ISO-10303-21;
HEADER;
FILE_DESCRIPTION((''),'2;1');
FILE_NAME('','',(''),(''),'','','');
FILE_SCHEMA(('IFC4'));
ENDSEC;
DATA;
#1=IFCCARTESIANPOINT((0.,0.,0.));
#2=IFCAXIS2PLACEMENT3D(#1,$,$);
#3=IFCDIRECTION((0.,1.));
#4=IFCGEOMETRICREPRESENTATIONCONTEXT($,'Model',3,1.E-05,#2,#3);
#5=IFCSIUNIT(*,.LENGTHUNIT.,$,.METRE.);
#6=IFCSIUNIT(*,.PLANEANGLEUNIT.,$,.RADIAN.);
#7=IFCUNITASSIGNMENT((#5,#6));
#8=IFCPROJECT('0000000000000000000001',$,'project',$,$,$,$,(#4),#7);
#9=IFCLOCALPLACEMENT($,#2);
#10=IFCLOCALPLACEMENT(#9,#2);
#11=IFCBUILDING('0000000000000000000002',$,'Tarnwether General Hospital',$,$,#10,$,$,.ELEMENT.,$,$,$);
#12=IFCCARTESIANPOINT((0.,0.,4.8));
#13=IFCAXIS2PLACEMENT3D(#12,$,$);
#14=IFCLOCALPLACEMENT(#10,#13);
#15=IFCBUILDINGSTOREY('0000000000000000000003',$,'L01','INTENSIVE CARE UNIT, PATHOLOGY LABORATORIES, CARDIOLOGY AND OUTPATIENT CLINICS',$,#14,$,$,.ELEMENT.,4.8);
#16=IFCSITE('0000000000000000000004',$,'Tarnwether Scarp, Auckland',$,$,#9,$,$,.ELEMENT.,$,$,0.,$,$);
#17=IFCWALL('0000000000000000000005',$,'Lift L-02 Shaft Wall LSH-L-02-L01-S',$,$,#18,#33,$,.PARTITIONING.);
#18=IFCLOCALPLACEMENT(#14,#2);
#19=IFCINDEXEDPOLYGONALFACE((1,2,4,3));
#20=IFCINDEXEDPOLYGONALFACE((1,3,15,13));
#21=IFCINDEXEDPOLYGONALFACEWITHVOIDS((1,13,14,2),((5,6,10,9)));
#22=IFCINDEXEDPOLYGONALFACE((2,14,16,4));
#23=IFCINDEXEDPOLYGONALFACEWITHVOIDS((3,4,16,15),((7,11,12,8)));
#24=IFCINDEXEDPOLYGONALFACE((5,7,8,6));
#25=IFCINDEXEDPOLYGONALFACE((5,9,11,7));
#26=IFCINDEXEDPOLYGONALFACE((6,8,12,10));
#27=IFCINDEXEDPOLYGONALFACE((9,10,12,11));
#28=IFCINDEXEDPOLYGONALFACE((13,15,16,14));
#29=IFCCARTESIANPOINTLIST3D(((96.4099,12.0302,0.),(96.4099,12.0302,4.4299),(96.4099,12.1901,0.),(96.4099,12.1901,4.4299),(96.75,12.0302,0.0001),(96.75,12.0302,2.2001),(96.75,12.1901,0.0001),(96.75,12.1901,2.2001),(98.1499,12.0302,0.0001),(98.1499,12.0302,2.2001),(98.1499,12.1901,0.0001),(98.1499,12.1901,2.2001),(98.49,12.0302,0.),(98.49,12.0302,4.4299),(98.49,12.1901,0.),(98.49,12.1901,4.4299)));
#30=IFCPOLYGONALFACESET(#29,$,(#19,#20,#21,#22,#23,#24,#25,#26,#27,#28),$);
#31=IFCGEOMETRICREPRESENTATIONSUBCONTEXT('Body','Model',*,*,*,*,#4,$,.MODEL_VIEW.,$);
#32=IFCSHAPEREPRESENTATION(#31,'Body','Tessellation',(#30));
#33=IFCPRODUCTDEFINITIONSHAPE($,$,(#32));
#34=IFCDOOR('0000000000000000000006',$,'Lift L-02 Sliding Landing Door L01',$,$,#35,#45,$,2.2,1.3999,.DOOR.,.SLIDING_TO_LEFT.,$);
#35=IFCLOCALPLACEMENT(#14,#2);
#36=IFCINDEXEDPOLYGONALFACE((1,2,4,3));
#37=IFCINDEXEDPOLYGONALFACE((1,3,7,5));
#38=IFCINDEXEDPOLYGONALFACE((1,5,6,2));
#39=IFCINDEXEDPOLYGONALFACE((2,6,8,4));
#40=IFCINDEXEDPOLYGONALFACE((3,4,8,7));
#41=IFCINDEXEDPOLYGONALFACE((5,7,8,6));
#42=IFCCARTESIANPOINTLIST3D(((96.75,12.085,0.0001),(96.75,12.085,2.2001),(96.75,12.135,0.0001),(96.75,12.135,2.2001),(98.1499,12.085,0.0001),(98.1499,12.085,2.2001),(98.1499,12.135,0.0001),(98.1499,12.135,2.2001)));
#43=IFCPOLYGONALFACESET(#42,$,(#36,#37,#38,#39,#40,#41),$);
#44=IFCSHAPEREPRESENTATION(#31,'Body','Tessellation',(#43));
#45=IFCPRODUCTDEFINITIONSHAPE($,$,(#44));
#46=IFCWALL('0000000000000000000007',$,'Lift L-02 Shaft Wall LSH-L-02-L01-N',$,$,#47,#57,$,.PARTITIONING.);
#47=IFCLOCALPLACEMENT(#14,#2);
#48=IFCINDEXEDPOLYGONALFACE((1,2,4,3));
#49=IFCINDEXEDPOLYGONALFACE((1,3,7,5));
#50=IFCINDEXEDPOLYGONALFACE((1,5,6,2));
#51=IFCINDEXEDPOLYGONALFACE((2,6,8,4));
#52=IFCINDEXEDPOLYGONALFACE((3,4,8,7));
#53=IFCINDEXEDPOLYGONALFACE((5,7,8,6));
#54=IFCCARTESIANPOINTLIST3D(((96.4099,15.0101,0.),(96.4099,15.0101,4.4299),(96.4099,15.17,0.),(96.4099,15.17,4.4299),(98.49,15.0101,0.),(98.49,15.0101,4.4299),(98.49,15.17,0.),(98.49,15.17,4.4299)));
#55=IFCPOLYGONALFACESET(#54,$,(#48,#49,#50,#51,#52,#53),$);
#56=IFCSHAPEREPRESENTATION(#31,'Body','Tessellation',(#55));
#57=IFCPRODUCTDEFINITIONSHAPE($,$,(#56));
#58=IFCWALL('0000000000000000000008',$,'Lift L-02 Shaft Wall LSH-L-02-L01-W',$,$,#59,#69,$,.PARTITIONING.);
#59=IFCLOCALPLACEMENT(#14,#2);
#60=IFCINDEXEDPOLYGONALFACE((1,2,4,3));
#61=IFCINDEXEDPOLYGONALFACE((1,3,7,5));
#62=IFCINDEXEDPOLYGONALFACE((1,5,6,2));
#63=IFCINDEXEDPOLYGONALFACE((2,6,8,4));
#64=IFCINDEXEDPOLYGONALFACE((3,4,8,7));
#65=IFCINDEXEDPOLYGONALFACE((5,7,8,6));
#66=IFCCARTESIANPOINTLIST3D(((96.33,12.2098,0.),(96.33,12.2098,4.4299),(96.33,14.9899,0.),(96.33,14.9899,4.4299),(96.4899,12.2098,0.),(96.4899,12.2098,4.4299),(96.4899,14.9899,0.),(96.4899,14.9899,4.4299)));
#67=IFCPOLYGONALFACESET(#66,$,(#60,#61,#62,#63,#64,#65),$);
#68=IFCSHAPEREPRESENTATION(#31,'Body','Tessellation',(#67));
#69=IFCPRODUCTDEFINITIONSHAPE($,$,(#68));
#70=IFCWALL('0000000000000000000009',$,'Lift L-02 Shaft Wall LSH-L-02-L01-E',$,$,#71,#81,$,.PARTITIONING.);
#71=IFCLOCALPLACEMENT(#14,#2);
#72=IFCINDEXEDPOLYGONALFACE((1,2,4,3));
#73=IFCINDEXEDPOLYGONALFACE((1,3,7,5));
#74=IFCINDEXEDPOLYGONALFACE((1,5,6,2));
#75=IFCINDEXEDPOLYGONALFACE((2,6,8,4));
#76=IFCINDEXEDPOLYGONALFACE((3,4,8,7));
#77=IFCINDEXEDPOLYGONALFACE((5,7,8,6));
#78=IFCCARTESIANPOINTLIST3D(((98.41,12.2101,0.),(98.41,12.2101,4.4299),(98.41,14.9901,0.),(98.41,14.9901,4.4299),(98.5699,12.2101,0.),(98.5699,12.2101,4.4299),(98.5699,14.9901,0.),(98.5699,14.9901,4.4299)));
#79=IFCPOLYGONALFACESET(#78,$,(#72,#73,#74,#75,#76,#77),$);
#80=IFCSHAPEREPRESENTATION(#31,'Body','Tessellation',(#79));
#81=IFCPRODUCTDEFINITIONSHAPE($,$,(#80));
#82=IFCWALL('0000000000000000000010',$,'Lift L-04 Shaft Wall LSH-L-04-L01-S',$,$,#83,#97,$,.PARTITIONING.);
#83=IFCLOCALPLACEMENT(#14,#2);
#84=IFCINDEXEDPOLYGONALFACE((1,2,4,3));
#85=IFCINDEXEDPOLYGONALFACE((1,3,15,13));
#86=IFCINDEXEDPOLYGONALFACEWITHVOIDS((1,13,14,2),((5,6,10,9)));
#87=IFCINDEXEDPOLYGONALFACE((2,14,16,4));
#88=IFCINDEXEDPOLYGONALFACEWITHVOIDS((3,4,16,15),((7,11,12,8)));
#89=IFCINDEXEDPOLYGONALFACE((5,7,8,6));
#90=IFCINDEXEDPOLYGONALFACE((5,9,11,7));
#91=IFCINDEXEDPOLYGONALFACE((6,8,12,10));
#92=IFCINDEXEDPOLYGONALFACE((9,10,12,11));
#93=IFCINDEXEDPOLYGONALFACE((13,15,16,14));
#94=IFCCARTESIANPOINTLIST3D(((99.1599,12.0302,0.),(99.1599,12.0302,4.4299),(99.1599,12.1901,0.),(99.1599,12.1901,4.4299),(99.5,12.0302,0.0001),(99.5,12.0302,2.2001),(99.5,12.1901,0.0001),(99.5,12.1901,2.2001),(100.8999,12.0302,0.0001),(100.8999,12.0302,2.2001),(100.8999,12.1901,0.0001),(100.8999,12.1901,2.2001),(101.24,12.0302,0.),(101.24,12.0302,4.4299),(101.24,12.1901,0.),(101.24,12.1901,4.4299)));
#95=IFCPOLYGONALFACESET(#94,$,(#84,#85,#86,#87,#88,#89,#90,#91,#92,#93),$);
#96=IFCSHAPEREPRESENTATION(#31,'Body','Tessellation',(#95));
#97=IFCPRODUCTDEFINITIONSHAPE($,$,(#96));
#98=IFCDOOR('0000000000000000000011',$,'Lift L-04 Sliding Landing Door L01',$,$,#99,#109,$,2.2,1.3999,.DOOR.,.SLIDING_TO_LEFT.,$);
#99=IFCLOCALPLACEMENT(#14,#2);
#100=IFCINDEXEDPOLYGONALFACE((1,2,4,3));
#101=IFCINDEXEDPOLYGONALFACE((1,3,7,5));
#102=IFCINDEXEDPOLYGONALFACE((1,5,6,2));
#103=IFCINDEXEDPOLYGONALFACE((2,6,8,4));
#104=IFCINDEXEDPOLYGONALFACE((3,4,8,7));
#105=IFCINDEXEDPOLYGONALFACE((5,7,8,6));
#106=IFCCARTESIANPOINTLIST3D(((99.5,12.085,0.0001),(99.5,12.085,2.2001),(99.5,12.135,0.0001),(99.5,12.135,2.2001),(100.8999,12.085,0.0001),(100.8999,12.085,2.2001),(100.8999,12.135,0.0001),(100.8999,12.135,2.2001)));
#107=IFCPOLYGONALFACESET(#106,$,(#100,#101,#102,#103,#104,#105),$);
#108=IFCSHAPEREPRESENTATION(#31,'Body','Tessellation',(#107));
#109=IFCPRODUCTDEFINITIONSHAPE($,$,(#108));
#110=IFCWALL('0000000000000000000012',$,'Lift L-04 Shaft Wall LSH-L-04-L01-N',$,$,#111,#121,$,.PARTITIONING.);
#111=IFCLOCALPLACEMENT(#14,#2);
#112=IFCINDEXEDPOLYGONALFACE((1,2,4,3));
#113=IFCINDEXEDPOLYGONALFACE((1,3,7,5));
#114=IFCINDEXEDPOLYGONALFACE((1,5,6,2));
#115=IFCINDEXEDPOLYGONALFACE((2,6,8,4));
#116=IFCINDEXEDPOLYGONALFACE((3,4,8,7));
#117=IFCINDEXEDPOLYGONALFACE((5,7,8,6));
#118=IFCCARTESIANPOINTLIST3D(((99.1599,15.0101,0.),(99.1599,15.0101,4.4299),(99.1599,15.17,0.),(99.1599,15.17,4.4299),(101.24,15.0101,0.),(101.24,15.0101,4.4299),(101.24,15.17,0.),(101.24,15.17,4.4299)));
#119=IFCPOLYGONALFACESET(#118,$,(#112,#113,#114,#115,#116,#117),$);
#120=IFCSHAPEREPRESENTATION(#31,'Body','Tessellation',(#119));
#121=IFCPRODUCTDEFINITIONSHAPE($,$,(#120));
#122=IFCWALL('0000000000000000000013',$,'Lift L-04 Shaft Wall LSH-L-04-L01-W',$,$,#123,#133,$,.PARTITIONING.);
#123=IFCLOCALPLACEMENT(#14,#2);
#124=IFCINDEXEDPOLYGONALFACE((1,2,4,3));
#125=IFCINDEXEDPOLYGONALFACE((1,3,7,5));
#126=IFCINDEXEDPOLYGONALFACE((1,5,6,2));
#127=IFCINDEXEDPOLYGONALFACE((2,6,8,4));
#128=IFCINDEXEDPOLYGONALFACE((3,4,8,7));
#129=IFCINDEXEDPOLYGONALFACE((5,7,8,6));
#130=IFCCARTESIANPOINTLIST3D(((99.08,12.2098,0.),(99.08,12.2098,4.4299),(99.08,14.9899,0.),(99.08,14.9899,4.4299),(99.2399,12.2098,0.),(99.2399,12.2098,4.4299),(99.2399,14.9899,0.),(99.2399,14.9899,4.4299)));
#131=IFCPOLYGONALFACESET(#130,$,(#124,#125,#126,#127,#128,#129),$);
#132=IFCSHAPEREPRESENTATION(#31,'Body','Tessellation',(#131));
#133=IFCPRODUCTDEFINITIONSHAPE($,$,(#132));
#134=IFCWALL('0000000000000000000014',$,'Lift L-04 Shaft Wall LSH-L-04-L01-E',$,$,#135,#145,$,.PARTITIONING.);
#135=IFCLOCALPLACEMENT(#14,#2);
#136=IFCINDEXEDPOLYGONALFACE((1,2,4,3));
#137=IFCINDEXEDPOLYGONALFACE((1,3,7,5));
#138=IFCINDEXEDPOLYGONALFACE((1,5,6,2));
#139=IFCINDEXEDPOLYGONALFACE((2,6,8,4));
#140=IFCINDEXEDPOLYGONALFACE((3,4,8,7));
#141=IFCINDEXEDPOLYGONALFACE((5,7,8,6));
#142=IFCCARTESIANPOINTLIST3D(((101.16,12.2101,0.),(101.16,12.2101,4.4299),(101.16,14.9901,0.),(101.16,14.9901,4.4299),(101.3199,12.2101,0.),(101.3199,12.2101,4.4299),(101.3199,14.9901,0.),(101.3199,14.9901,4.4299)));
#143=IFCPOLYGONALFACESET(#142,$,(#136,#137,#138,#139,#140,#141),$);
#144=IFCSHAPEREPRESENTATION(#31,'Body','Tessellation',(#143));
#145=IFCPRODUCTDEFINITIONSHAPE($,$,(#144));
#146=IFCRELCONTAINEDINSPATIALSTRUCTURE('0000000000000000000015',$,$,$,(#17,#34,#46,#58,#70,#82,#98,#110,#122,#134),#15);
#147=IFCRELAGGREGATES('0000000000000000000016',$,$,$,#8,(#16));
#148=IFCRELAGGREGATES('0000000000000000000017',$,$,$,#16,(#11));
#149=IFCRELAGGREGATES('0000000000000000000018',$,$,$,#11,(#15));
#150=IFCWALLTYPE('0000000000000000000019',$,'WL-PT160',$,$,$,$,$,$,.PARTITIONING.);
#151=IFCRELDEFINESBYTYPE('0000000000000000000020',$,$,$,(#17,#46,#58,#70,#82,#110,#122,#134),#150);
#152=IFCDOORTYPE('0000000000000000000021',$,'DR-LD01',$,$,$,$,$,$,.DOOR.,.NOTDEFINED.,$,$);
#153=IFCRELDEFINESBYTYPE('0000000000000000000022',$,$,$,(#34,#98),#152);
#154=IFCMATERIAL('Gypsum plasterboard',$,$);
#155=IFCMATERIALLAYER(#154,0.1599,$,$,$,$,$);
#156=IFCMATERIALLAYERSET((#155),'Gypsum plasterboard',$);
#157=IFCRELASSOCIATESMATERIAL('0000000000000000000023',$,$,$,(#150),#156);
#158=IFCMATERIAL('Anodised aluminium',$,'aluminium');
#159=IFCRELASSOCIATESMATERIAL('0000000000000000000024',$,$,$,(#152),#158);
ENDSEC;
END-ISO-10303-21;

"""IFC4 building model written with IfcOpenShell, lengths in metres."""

from ifc_helpers import new_model, si_unit, direction, frame, frame_2d, origin, place, context, subcontext, project, spatial, rectangle, extrude, material, layer, layer_set, type_object, element, fill, save


model = new_model("IFC4")

# Units and contexts
model_context = context("Model", 3, precision=1e-05, world=origin(), true_north=direction((0.0, 1.0)))
body_context = subcontext(model_context, "Body", "Model", "MODEL_VIEW")
ifc_project = project(units=[si_unit("LENGTHUNIT", "METRE"), si_unit("PLANEANGLEUNIT", "RADIAN")], contexts=[model_context])

# Site, building, storey
site_placement = place(None, origin())
site = spatial("IfcSite", under=ifc_project, at=site_placement, Name="Tarnwether Scarp, Auckland", CompositionType="ELEMENT", RefElevation=0.0)
building_placement = place(site_placement, origin())
building = spatial("IfcBuilding", under=site, at=building_placement, Name="Tarnwether General Hospital", CompositionType="ELEMENT")
storey_placement = place(building_placement, frame((0.0, 0.0, 4.8)))
storey = spatial("IfcBuildingStorey", under=building, at=storey_placement, Name="L01", Description="INTENSIVE CARE UNIT, PATHOLOGY LABORATORIES, CARDIOLOGY AND OUTPATIENT CLINICS", CompositionType="ELEMENT", Elevation=4.8)

# Wall, opening, door
ifc_material_1 = material(Name="Gypsum plasterboard")
ifc_layer_1 = layer(ifc_material_1, 0.1599)
ifc_layer_set_1 = layer_set([ifc_layer_1], Name="Gypsum plasterboard")
wall_type_1 = type_object("IfcWallType", Name="WL-PT160", PredefinedType="PARTITIONING", material=ifc_layer_set_1)
wall_1_placement = place(storey_placement, frame((96.4099, 12.1101, 0.0), z_axis=(0.0, 0.0, 1.0), x_axis=(1.0, 0.0, 0.0)))
wall_1 = element("IfcWall", 1, at=wall_1_placement, inside=storey, type_object=wall_type_1, Name="Lift L-02 Shaft Wall LSH-L-02-L01-S", PredefinedType="PARTITIONING", context=body_context, shape_type="SweptSolid", body=[
    extrude(rectangle(XDim=2.0801, YDim=0.1599, at=frame_2d((1.04, 0.0))), origin(), (0.0, 0.0, 1.0), 4.4299),
])
opening_1_placement = place(wall_1_placement, frame((0.3401, 0.0, 0.0)))
opening_1 = element("IfcOpeningElement", 2, at=opening_1_placement, cuts=wall_1, PredefinedType="OPENING", context=body_context, shape_type="SweptSolid", body=[
    extrude(rectangle(XDim=1.3999, YDim=2.2, at=frame_2d((0.7, 1.1001))), frame((0.0, 0.0898, 0.0), z_axis=(0.0, -1.0, 0.0), x_axis=(1.0, 0.0, 0.0)), (0.0, 0.0, 1.0), 0.1799),
])
ifc_material_2 = material(Name="Anodised aluminium", Category="aluminium")
door_type_1 = type_object("IfcDoorType", Name="DR-LD01", OperationType="NOTDEFINED", PredefinedType="DOOR", material=ifc_material_2)
door_1_placement = place(opening_1_placement, origin())
door_1 = element("IfcDoor", 3, at=door_1_placement, inside=storey, type_object=door_type_1, Name="Lift L-02 Sliding Landing Door L01", OperationType="SLIDING_TO_LEFT", OverallHeight=2.2, OverallWidth=1.3999, PredefinedType="DOOR", context=body_context, shape_type="SweptSolid", body=[
    extrude(rectangle(XDim=1.3999, YDim=2.2, at=frame_2d((0.7, 1.1001))), frame((0.0, 0.0249, 0.0), z_axis=(0.0, -1.0, 0.0), x_axis=(1.0, 0.0, 0.0)), (0.0, 0.0, 1.0), 0.05),
])
fill(opening_1, door_1)

# Walls
wall_2_placement = place(storey_placement, frame((98.49, 15.0901, 0.0), z_axis=(0.0, 0.0, 1.0), x_axis=(-1.0, 0.0, 0.0)))
element("IfcWall", 4, at=wall_2_placement, inside=storey, type_object=wall_type_1, Name="Lift L-02 Shaft Wall LSH-L-02-L01-N", PredefinedType="PARTITIONING", context=body_context, shape_type="SweptSolid", body=[
    extrude(rectangle(XDim=2.0801, YDim=0.1599, at=frame_2d((1.04, 0.0))), origin(), (0.0, 0.0, 1.0), 4.4299),
])
for number, where, z_axis, x_axis, name in (
    (5, (96.4099, 14.99, 0.0), (0.0, 0.0, 1.0), (0.0, -1.0, 0.0), "Lift L-02 Shaft Wall LSH-L-02-L01-W"),
    (6, (98.49, 12.21, 0.0), (0.0, 0.0, 1.0), (0.0, 1.0, 0.0), "Lift L-02 Shaft Wall LSH-L-02-L01-E"),
):
    element("IfcWall", number, at=place(storey_placement, frame(where, z_axis=z_axis, x_axis=x_axis)), inside=storey, type_object=wall_type_1, Name=name, PredefinedType="PARTITIONING", context=body_context, shape_type="SweptSolid", body=[
        extrude(rectangle(XDim=2.78, YDim=0.1599, at=frame_2d((1.3901, 0.0))), origin(), (0.0, 0.0, 1.0), 4.4299),
    ])

# Wall, opening, door
wall_3_placement = place(storey_placement, frame((99.1599, 12.1101, 0.0), z_axis=(0.0, 0.0, 1.0), x_axis=(1.0, 0.0, 0.0)))
wall_3 = element("IfcWall", 7, at=wall_3_placement, inside=storey, type_object=wall_type_1, Name="Lift L-04 Shaft Wall LSH-L-04-L01-S", PredefinedType="PARTITIONING", context=body_context, shape_type="SweptSolid", body=[
    extrude(rectangle(XDim=2.0801, YDim=0.1599, at=frame_2d((1.04, 0.0))), origin(), (0.0, 0.0, 1.0), 4.4299),
])
opening_2_placement = place(wall_3_placement, frame((0.3401, 0.0, 0.0)))
opening_2 = element("IfcOpeningElement", 8, at=opening_2_placement, cuts=wall_3, PredefinedType="OPENING", context=body_context, shape_type="SweptSolid", body=[
    extrude(rectangle(XDim=1.3999, YDim=2.2, at=frame_2d((0.7, 1.1001))), frame((0.0, 0.0898, 0.0), z_axis=(0.0, -1.0, 0.0), x_axis=(1.0, 0.0, 0.0)), (0.0, 0.0, 1.0), 0.1799),
])
door_2_placement = place(opening_2_placement, origin())
door_2 = element("IfcDoor", 9, at=door_2_placement, inside=storey, type_object=door_type_1, Name="Lift L-04 Sliding Landing Door L01", OperationType="SLIDING_TO_LEFT", OverallHeight=2.2, OverallWidth=1.3999, PredefinedType="DOOR", context=body_context, shape_type="SweptSolid", body=[
    extrude(rectangle(XDim=1.3999, YDim=2.2, at=frame_2d((0.7, 1.1001))), frame((0.0, 0.0249, 0.0), z_axis=(0.0, -1.0, 0.0), x_axis=(1.0, 0.0, 0.0)), (0.0, 0.0, 1.0), 0.05),
])
fill(opening_2, door_2)

# Walls
wall_4_placement = place(storey_placement, frame((101.24, 15.0901, 0.0), z_axis=(0.0, 0.0, 1.0), x_axis=(-1.0, 0.0, 0.0)))
element("IfcWall", 10, at=wall_4_placement, inside=storey, type_object=wall_type_1, Name="Lift L-04 Shaft Wall LSH-L-04-L01-N", PredefinedType="PARTITIONING", context=body_context, shape_type="SweptSolid", body=[
    extrude(rectangle(XDim=2.0801, YDim=0.1599, at=frame_2d((1.04, 0.0))), origin(), (0.0, 0.0, 1.0), 4.4299),
])
for number, where, z_axis, x_axis, name in (
    (11, (99.1599, 14.99, 0.0), (0.0, 0.0, 1.0), (0.0, -1.0, 0.0), "Lift L-04 Shaft Wall LSH-L-04-L01-W"),
    (12, (101.24, 12.21, 0.0), (0.0, 0.0, 1.0), (0.0, 1.0, 0.0), "Lift L-04 Shaft Wall LSH-L-04-L01-E"),
):
    element("IfcWall", number, at=place(storey_placement, frame(where, z_axis=z_axis, x_axis=x_axis)), inside=storey, type_object=wall_type_1, Name=name, PredefinedType="PARTITIONING", context=body_context, shape_type="SweptSolid", body=[
        extrude(rectangle(XDim=2.78, YDim=0.1599, at=frame_2d((1.3901, 0.0))), origin(), (0.0, 0.0, 1.0), 4.4299),
    ])

save(model, "model.ifc")
